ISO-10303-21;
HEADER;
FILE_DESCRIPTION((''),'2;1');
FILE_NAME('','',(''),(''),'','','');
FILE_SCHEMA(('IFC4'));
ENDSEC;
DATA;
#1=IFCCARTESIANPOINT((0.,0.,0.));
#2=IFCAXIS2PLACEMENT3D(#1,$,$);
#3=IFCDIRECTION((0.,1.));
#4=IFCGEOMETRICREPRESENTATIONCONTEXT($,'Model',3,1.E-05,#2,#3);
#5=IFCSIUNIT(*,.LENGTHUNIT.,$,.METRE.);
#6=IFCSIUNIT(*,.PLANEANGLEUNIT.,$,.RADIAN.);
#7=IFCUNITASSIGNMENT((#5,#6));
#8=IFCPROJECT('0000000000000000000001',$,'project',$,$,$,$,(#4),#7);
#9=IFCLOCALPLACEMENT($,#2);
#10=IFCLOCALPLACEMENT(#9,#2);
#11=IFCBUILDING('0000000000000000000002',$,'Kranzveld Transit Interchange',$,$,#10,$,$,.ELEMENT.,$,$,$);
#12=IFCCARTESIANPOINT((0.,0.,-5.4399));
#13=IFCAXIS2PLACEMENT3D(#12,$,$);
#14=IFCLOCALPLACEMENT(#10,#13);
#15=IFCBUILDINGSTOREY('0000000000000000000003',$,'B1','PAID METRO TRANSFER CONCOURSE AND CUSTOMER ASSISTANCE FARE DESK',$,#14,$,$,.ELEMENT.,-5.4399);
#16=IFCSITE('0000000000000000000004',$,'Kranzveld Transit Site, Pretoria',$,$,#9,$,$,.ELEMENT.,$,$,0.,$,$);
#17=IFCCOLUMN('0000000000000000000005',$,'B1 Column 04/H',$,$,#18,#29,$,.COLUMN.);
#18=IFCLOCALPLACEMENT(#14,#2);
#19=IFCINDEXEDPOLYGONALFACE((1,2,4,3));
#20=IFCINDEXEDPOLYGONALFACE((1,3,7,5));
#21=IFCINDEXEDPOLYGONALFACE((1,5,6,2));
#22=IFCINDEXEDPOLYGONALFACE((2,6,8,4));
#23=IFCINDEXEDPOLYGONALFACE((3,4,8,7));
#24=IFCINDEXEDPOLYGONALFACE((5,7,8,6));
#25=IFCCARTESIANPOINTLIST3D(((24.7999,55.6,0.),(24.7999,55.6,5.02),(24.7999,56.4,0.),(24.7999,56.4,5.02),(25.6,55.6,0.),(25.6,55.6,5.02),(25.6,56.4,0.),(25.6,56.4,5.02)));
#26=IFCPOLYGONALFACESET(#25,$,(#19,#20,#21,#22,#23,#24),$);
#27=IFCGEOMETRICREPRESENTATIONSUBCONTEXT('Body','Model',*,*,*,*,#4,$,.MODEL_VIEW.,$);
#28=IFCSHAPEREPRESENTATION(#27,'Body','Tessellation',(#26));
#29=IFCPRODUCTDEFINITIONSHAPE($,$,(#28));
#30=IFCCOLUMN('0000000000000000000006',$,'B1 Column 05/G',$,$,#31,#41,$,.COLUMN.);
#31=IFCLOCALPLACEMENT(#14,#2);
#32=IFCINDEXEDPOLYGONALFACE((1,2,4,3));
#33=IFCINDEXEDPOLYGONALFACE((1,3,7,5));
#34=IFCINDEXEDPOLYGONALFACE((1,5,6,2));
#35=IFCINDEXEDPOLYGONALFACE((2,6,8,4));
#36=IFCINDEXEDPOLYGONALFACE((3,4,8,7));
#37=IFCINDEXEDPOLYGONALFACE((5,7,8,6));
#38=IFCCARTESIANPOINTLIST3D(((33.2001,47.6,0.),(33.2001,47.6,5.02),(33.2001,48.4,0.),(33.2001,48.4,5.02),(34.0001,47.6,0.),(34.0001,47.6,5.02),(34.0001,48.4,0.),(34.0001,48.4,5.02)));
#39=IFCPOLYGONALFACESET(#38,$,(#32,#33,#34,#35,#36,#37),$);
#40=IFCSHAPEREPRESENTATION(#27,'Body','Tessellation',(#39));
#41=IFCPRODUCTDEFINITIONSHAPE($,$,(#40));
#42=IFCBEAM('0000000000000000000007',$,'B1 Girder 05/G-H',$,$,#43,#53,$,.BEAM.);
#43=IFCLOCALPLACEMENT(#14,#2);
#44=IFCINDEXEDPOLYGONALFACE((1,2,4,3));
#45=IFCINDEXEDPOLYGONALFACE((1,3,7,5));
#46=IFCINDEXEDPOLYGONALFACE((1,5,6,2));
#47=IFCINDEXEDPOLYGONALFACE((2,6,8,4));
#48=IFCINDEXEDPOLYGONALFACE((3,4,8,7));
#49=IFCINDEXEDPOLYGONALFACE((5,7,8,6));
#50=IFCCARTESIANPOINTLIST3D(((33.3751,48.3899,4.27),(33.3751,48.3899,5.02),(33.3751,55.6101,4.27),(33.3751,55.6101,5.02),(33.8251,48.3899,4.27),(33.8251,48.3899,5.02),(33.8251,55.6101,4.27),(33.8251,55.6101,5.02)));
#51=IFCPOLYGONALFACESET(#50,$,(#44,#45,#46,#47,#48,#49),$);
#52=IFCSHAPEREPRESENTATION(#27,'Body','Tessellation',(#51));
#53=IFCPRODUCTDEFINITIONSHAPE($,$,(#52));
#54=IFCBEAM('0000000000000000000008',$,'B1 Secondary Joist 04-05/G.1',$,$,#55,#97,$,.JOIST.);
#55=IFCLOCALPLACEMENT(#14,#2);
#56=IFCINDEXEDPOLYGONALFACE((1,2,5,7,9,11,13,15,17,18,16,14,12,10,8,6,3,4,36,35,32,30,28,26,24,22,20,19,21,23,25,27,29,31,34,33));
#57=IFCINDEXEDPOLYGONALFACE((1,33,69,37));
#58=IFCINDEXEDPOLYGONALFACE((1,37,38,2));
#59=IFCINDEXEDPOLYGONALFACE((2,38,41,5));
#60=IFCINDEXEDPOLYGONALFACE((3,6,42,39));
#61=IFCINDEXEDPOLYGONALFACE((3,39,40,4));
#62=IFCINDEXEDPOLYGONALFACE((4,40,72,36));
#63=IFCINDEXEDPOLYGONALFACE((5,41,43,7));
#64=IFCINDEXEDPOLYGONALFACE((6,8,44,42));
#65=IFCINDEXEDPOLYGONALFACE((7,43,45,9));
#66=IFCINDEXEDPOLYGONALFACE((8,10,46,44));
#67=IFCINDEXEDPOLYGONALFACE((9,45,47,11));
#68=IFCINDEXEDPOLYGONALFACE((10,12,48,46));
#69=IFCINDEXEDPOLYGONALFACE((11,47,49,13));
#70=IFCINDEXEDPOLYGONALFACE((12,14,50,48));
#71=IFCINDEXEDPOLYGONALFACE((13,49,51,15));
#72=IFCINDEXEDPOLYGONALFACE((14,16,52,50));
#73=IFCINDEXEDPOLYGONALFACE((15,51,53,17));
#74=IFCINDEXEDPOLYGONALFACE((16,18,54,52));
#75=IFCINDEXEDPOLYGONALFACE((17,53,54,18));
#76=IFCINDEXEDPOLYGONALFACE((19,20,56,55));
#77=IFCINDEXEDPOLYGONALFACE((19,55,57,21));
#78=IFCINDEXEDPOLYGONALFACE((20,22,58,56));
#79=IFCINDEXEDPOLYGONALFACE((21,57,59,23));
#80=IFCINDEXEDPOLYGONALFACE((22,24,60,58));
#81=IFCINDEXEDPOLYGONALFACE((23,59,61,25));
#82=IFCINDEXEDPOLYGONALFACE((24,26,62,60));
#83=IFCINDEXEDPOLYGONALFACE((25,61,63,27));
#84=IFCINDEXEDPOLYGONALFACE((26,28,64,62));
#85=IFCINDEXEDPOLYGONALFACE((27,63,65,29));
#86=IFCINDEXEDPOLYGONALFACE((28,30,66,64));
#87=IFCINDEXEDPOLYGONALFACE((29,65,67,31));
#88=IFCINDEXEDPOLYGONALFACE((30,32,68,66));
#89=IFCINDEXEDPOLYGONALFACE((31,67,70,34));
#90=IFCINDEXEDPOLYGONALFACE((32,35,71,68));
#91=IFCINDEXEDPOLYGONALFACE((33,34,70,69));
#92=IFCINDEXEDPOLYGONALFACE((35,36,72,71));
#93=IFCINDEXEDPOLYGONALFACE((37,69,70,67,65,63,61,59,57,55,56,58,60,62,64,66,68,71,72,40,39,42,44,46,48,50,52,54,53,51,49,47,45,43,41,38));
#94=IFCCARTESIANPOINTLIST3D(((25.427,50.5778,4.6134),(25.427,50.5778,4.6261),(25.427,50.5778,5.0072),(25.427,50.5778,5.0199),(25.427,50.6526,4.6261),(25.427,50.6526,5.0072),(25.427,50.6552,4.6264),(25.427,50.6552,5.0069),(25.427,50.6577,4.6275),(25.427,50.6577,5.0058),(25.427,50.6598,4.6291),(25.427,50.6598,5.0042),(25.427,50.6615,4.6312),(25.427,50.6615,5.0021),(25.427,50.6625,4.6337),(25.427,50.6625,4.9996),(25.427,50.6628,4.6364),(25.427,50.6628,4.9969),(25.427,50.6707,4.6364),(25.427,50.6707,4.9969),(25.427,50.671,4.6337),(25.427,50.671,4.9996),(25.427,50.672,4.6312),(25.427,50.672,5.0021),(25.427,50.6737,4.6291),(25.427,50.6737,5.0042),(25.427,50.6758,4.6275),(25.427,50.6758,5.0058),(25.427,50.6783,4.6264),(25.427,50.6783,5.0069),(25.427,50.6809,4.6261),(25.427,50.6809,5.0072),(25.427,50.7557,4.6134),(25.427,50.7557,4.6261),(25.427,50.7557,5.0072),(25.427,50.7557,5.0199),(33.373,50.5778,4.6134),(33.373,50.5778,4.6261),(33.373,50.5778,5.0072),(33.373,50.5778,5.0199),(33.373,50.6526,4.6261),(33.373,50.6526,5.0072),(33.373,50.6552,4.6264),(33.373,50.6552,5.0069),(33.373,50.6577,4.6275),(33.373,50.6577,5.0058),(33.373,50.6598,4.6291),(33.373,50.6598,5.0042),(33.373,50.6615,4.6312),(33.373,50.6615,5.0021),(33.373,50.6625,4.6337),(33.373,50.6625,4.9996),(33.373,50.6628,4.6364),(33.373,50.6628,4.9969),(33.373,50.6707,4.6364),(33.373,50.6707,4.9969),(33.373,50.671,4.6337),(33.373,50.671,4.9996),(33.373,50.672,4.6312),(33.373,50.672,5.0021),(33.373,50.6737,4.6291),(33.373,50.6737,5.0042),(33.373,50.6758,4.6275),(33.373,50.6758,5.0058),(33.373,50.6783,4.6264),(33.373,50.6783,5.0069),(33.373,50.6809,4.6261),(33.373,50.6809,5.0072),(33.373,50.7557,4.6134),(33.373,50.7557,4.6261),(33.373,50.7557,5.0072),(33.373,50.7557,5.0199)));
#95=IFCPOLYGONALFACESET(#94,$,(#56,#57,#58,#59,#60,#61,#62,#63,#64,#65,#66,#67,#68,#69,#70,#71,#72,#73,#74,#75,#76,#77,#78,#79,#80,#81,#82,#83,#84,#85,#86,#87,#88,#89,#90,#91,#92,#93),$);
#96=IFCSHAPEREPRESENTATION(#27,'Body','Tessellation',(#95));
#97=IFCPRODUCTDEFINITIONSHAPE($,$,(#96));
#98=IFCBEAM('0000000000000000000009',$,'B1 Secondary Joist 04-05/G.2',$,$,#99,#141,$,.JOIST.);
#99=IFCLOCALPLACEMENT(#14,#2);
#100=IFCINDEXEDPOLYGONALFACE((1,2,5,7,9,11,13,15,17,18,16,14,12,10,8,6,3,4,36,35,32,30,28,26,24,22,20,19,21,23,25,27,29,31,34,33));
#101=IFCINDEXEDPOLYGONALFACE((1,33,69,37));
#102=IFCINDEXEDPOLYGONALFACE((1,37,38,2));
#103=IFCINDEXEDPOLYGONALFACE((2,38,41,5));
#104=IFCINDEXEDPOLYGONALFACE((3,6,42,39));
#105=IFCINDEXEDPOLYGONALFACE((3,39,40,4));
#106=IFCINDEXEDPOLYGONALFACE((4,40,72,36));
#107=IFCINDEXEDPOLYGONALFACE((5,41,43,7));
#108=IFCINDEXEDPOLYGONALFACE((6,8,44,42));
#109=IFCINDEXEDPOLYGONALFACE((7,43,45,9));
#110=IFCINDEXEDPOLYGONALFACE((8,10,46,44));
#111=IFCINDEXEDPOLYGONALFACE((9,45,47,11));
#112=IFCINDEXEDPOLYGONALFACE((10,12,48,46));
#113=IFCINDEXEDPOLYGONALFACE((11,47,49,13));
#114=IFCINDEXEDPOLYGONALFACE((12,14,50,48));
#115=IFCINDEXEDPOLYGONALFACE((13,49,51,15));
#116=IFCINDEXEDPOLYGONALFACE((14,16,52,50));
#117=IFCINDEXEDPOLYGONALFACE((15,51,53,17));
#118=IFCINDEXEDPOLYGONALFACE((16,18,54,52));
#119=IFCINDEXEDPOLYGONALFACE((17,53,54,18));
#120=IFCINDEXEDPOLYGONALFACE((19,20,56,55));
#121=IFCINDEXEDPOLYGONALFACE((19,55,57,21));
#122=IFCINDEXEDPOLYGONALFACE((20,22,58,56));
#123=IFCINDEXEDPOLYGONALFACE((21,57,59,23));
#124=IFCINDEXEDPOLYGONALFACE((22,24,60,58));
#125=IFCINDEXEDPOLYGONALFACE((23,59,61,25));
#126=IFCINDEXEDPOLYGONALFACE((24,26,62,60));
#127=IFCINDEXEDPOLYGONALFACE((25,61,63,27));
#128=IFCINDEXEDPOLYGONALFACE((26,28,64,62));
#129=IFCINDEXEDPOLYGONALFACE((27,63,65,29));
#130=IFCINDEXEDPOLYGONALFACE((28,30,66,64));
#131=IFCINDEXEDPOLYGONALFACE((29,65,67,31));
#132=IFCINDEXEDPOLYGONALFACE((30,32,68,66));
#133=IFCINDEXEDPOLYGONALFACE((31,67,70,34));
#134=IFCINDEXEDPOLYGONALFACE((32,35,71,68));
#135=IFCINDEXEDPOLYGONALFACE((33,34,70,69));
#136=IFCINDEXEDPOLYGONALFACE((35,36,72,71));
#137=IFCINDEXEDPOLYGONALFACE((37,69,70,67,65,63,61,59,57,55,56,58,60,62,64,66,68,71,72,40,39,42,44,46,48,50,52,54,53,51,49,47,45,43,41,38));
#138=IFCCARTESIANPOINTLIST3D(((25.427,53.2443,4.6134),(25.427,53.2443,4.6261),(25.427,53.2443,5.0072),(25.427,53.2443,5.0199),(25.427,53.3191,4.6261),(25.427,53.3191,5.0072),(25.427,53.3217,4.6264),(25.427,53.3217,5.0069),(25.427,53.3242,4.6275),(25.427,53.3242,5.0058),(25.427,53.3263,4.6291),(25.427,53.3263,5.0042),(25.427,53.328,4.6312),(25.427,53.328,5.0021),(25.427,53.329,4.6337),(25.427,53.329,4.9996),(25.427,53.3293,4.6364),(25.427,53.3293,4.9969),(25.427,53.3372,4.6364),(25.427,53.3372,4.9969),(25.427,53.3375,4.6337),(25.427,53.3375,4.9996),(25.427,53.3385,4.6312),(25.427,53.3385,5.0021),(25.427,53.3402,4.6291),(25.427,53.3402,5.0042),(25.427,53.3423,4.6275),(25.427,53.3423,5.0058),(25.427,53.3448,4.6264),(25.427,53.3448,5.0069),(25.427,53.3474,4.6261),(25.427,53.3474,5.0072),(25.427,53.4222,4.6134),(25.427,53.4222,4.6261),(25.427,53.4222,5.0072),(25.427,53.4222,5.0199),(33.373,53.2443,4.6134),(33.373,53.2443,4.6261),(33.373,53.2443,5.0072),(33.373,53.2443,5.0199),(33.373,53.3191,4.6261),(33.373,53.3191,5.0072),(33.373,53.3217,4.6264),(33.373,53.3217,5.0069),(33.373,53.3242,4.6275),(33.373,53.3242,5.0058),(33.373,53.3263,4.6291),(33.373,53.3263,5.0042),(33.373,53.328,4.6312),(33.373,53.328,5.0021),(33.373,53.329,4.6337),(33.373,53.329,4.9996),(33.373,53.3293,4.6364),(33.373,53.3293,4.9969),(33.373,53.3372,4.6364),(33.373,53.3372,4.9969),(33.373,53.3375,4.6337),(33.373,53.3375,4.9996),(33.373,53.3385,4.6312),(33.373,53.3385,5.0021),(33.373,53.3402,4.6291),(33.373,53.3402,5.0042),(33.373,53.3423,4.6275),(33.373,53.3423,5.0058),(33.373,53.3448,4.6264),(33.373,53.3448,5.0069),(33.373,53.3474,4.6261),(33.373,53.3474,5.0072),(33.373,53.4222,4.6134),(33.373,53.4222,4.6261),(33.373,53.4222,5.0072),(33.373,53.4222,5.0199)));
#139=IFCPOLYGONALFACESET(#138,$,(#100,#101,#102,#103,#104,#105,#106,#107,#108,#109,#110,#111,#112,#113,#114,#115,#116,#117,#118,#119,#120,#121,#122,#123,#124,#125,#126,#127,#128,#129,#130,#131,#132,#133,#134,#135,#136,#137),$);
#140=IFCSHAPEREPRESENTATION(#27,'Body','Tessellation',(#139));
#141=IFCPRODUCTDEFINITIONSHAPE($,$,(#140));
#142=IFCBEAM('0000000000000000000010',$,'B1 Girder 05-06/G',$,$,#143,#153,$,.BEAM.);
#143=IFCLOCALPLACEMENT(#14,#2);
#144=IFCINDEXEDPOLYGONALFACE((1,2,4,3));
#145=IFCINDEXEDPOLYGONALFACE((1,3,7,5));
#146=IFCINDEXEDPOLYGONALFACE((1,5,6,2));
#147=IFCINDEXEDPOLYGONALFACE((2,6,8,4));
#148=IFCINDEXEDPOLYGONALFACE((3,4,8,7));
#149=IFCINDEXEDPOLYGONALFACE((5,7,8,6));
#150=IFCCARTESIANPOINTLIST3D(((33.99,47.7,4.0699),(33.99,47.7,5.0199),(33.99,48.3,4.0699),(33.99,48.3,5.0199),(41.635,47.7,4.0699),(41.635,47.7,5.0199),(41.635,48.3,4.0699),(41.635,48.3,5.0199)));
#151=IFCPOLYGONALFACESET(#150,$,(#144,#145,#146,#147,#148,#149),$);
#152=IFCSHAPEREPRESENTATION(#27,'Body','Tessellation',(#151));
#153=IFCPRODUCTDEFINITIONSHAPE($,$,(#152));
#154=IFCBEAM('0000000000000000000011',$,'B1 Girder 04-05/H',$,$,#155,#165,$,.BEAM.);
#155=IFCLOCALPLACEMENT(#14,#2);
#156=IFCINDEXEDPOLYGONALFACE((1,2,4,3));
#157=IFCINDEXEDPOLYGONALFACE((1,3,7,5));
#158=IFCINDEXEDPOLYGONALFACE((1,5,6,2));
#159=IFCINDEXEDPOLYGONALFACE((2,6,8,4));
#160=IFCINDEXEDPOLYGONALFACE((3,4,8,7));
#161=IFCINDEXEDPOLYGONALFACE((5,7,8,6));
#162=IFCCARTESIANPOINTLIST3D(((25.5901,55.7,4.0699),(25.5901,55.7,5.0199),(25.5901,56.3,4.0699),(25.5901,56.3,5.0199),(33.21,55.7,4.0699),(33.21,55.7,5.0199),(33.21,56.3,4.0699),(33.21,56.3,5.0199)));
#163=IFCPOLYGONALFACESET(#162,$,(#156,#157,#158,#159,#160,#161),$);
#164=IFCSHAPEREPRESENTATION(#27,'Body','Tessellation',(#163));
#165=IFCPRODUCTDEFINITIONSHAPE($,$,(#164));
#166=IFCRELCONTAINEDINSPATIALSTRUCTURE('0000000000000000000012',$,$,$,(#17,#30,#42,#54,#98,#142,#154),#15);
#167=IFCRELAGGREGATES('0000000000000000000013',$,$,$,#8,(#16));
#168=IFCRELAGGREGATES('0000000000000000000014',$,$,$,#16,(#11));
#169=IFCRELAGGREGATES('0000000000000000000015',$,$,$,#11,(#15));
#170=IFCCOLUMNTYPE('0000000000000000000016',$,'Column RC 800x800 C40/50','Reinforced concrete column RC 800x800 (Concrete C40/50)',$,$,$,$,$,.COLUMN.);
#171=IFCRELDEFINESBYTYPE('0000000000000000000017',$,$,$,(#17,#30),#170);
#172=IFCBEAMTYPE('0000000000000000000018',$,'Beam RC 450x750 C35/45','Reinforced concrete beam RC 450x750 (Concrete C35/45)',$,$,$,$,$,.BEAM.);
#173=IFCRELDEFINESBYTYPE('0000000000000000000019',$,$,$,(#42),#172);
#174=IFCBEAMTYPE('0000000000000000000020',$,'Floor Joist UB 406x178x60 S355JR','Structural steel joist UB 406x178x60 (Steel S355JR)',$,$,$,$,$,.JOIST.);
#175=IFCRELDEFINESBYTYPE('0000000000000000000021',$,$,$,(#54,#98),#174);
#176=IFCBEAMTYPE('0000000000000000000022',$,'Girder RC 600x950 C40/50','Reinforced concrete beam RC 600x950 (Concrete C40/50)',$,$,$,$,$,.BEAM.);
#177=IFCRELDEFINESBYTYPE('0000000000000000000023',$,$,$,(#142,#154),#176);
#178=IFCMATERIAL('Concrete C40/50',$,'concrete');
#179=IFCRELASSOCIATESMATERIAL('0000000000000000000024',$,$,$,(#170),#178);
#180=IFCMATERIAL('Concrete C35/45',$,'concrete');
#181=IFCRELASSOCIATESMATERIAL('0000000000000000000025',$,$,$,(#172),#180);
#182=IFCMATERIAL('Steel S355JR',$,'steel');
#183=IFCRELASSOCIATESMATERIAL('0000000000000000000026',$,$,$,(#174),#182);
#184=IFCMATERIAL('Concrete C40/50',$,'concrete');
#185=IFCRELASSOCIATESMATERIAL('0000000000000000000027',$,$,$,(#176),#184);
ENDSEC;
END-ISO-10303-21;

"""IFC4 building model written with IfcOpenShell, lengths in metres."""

from ifc_helpers import new_model, si_unit, direction, frame, origin, origin_2d, place, context, subcontext, project, spatial, rectangle, i_section, extrude, material, material_profile, profile_set, type_object, element, save


model = new_model("IFC4")

# Units and contexts
model_context = context("Model", 3, precision=1e-05, world=origin(), true_north=direction((0.0, 1.0)))
body_context = subcontext(model_context, "Body", "Model", "MODEL_VIEW")
ifc_project = project(units=[si_unit("LENGTHUNIT", "METRE"), si_unit("PLANEANGLEUNIT", "RADIAN")], contexts=[model_context])

# Site, building, storey
site_placement = place(None, origin())
site = spatial("IfcSite", under=ifc_project, at=site_placement, Name="Kranzveld Transit Site, Pretoria", CompositionType="ELEMENT", RefElevation=0.0)
building_placement = place(site_placement, origin())
building = spatial("IfcBuilding", under=site, at=building_placement, Name="Kranzveld Transit Interchange", CompositionType="ELEMENT")
storey_placement = place(building_placement, frame((0.0, 0.0, -5.4399)))
storey = spatial("IfcBuildingStorey", under=building, at=storey_placement, Name="B1", Description="PAID METRO TRANSFER CONCOURSE AND CUSTOMER ASSISTANCE FARE DESK", CompositionType="ELEMENT", Elevation=-5.4399)

# Columns
ifc_material_1 = material(Name="Concrete C40/50", Category="concrete")
ifc_material_profile_1 = material_profile(ifc_material_1, rectangle(XDim=0.8, YDim=0.8, at=origin_2d()), Name="RC 800x800")
ifc_profile_set_1 = profile_set([ifc_material_profile_1], Name="Concrete C40/50")
column_type = type_object("IfcColumnType", Name="Column RC 800x800 C40/50", Description="Reinforced concrete column RC 800x800 (Concrete C40/50)", PredefinedType="COLUMN", material=ifc_profile_set_1)
for number, where, z_axis, x_axis, name in (
    (1, (25.2, 56.0, 0.0), (0.0, 0.0, 1.0), (1.0, 0.0, 0.0), "B1 Column 04/H"),
    (2, (33.6001, 48.0, 0.0), (0.0, 0.0, 1.0), (1.0, 0.0, 0.0), "B1 Column 05/G"),
):
    element("IfcColumn", number, at=place(storey_placement, frame(where, z_axis=z_axis, x_axis=x_axis)), inside=storey, type_object=column_type, Name=name, PredefinedType="COLUMN", context=body_context, shape_type="SweptSolid", body=[
        extrude(rectangle(XDim=0.8, YDim=0.8, at=origin_2d()), origin(), (0.0, 0.0, 1.0), 5.02),
    ])

# Beams
ifc_material_2 = material(Name="Concrete C35/45", Category="concrete")
ifc_material_profile_2 = material_profile(ifc_material_2, rectangle(XDim=0.45, YDim=0.75, at=origin_2d()), Name="RC 450x750")
ifc_profile_set_2 = profile_set([ifc_material_profile_2], Name="Concrete C35/45")
beam_type_1 = type_object("IfcBeamType", Name="Beam RC 450x750 C35/45", Description="Reinforced concrete beam RC 450x750 (Concrete C35/45)", PredefinedType="BEAM", material=ifc_profile_set_2)
beam_1_placement = place(storey_placement, frame((33.6001, 48.3899, 4.645), z_axis=(0.0, 1.0, 0.0), x_axis=(-1.0, 0.0, 0.0)))
element("IfcBeam", 3, at=beam_1_placement, inside=storey, type_object=beam_type_1, Name="B1 Girder 05/G-H", PredefinedType="BEAM", context=body_context, shape_type="SweptSolid", body=[
    extrude(rectangle(XDim=0.45, YDim=0.75, at=origin_2d()), origin(), (0.0, 0.0, 1.0), 7.2202),
])
ifc_material_3 = material(Name="Steel S355JR", Category="steel")
ifc_material_profile_3 = material_profile(ifc_material_3, i_section(OverallWidth=0.178, OverallDepth=0.4065, WebThickness=0.0078, FlangeThickness=0.0127, FilletRadius=0.0103, at=origin_2d()), Name="UB 406x178x60")
ifc_profile_set_3 = profile_set([ifc_material_profile_3], Name="Steel S355JR")
beam_type_2 = type_object("IfcBeamType", Name="Floor Joist UB 406x178x60 S355JR", Description="Structural steel joist UB 406x178x60 (Steel S355JR)", PredefinedType="JOIST", material=ifc_profile_set_3)
for number, where, z_axis, x_axis, name in (
    (4, (25.427, 50.6667, 4.8167), (1.0, 0.0, 0.0), (0.0, 1.0, 0.0), "B1 Secondary Joist 04-05/G.1"),
    (5, (25.427, 53.3333, 4.8167), (1.0, 0.0, 0.0), (0.0, 1.0, 0.0), "B1 Secondary Joist 04-05/G.2"),
):
    element("IfcBeam", number, at=place(storey_placement, frame(where, z_axis=z_axis, x_axis=x_axis)), inside=storey, type_object=beam_type_2, Name=name, PredefinedType="JOIST", context=body_context, shape_type="SweptSolid", body=[
        extrude(i_section(OverallWidth=0.178, OverallDepth=0.4065, WebThickness=0.0078, FlangeThickness=0.0127, FilletRadius=0.0103, at=origin_2d()), origin(), (0.0, 0.0, 1.0), 7.946),
    ])
ifc_material_4 = material(Name="Concrete C40/50", Category="concrete")
ifc_material_profile_4 = material_profile(ifc_material_4, rectangle(XDim=0.6001, YDim=0.95, at=origin_2d()), Name="RC 600x950")
ifc_profile_set_4 = profile_set([ifc_material_profile_4], Name="Concrete C40/50")
beam_type_3 = type_object("IfcBeamType", Name="Girder RC 600x950 C40/50", Description="Reinforced concrete beam RC 600x950 (Concrete C40/50)", PredefinedType="BEAM", material=ifc_profile_set_4)
beam_2_placement = place(storey_placement, frame((33.99, 48.0, 4.5449), z_axis=(1.0, 0.0, 0.0), x_axis=(0.0, 1.0, 0.0)))
element("IfcBeam", 6, at=beam_2_placement, inside=storey, type_object=beam_type_3, Name="B1 Girder 05-06/G", PredefinedType="BEAM", context=body_context, shape_type="SweptSolid", body=[
    extrude(rectangle(XDim=0.6001, YDim=0.95, at=origin_2d()), origin(), (0.0, 0.0, 1.0), 7.645),
])
beam_3_placement = place(storey_placement, frame((25.5901, 56.0, 4.5449), z_axis=(1.0, 0.0, 0.0), x_axis=(0.0, 1.0, 0.0)))
element("IfcBeam", 7, at=beam_3_placement, inside=storey, type_object=beam_type_3, Name="B1 Girder 04-05/H", PredefinedType="BEAM", context=body_context, shape_type="SweptSolid", body=[
    extrude(rectangle(XDim=0.6001, YDim=0.95, at=origin_2d()), origin(), (0.0, 0.0, 1.0), 7.6199),
])

save(model, "model.ifc")
